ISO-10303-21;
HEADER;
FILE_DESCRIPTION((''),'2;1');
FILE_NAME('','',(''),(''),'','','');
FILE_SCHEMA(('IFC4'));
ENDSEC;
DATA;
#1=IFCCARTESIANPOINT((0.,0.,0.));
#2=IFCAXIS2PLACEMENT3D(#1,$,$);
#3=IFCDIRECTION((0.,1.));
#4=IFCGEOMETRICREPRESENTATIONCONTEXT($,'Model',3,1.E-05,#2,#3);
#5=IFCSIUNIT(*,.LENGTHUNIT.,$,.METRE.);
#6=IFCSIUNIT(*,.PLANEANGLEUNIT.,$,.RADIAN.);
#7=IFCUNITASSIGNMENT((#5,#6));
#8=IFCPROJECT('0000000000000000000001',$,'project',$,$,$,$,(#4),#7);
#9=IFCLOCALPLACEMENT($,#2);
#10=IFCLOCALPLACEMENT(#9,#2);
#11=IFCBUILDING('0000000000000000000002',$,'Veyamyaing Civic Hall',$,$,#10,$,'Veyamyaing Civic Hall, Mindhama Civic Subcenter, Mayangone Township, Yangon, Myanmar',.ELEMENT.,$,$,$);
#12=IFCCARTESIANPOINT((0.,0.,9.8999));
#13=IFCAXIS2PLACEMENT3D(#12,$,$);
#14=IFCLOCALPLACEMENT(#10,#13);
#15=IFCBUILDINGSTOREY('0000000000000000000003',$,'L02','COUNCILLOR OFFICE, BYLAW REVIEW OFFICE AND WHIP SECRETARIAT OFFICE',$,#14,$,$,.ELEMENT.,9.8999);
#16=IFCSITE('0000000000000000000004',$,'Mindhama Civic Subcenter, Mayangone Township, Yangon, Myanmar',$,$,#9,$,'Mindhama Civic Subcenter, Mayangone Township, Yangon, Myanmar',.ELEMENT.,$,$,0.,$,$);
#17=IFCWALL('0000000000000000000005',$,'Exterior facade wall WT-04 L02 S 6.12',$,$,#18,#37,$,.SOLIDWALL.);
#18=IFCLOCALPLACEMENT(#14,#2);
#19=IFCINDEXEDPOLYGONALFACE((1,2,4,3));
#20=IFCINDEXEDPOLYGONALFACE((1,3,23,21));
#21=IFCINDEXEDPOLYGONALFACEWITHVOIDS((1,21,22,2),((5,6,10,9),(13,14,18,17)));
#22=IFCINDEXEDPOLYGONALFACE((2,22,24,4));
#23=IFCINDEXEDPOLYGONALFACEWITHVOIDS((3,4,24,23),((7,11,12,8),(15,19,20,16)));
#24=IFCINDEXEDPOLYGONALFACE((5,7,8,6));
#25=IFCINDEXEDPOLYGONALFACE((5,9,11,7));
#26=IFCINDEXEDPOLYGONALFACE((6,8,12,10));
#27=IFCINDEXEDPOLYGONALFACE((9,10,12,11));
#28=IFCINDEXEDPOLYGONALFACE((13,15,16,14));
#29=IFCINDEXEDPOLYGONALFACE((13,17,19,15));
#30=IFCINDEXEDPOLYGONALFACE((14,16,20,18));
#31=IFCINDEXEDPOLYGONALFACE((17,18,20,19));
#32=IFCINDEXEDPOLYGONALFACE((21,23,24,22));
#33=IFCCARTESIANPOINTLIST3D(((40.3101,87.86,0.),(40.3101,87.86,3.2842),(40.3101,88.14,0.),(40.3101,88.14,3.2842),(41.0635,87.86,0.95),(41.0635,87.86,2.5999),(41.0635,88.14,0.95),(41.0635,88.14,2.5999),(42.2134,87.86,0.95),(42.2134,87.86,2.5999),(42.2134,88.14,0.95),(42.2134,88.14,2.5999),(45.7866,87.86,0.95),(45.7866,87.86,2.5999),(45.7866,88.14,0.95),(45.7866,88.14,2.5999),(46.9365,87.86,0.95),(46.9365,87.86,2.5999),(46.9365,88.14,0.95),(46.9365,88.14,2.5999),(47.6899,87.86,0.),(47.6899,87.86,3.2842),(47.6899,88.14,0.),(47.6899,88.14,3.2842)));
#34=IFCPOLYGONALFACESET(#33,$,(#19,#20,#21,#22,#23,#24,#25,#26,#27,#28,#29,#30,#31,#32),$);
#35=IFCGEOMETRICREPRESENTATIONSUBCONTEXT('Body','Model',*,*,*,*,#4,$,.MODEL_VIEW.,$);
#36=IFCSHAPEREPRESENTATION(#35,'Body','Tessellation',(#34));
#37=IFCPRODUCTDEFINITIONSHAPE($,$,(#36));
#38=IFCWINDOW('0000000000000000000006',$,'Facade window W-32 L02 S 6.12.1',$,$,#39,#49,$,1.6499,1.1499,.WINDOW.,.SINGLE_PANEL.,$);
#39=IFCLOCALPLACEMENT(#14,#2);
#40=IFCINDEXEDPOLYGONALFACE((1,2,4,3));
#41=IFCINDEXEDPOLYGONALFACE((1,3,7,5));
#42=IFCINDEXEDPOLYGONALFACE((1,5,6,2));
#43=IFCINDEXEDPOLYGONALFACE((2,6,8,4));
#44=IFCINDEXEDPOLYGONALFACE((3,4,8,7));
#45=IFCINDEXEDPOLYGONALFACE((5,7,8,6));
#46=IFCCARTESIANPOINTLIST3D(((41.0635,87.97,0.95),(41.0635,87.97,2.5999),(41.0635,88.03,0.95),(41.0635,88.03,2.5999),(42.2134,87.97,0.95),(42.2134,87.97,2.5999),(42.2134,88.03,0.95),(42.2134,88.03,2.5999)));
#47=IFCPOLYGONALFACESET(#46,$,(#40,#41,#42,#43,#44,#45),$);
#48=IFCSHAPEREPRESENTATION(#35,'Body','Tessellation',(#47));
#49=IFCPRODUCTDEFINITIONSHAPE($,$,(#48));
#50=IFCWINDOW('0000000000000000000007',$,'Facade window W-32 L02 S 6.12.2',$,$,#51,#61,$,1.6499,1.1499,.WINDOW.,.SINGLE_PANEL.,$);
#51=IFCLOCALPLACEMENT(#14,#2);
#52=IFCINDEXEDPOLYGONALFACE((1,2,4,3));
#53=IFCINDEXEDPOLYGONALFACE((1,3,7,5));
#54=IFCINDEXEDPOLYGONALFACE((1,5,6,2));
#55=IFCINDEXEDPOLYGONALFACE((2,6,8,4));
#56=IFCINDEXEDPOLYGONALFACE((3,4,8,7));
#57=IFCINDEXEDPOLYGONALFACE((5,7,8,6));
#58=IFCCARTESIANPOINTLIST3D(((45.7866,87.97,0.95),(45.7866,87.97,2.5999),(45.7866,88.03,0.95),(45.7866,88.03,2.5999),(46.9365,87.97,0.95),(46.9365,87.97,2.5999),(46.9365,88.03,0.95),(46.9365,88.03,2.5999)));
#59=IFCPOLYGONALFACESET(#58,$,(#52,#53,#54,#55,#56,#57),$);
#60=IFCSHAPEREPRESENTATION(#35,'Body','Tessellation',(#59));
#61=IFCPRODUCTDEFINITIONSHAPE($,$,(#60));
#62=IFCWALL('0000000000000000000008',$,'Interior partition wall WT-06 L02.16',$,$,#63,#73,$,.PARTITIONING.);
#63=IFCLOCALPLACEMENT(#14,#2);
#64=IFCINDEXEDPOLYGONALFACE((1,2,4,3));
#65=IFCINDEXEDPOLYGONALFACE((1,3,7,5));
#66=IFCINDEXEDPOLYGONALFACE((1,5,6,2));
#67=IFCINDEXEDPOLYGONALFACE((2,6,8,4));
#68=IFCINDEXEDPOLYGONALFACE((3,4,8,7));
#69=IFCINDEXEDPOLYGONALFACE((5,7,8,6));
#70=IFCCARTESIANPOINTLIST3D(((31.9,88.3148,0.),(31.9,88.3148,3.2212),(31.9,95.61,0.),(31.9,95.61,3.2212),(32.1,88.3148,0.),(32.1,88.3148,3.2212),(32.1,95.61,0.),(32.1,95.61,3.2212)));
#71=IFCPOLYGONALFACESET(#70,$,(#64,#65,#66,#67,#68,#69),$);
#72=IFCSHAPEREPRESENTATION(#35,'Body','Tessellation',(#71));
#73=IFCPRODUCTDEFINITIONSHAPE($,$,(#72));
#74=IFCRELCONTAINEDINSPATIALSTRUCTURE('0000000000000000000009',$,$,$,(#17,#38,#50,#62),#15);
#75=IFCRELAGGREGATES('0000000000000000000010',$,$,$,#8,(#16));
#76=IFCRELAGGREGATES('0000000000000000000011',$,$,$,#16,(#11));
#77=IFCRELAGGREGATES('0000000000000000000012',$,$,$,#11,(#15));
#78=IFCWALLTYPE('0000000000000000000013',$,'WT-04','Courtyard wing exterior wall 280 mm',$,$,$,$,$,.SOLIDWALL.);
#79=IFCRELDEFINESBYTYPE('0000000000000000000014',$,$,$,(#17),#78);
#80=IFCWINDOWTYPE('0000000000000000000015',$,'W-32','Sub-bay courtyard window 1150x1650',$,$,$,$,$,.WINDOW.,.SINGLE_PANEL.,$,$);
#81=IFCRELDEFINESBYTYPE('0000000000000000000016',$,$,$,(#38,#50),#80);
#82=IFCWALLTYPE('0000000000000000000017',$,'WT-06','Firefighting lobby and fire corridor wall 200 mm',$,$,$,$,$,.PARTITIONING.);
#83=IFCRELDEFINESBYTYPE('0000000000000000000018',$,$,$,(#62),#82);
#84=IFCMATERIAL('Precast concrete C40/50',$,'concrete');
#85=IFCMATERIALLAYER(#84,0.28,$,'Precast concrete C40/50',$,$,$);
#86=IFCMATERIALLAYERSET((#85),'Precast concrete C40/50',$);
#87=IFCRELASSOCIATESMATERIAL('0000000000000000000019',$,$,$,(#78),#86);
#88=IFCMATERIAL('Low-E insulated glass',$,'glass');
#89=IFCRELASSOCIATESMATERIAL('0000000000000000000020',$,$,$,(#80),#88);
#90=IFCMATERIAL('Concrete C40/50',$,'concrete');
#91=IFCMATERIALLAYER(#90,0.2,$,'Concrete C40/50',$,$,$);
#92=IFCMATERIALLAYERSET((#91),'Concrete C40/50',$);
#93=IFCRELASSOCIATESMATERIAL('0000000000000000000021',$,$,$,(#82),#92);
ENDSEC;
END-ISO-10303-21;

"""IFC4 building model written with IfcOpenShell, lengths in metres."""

from ifc_helpers import new_model, si_unit, direction, frame, frame_2d, origin, place, context, subcontext, project, spatial, rectangle, extrude, material, layer, layer_set, type_object, element, fill, save


model = new_model("IFC4")

# Units and contexts
model_context = context("Model", 3, precision=1e-05, world=origin(), true_north=direction((0.0, 1.0)))
body_context = subcontext(model_context, "Body", "Model", "MODEL_VIEW")
ifc_project = project(units=[si_unit("LENGTHUNIT", "METRE"), si_unit("PLANEANGLEUNIT", "RADIAN")], contexts=[model_context])

# Site, building, storey
site_placement = place(None, origin())
site = spatial("IfcSite", under=ifc_project, at=site_placement, Name="Mindhama Civic Subcenter, Mayangone Township, Yangon, Myanmar", LongName="Mindhama Civic Subcenter, Mayangone Township, Yangon, Myanmar", CompositionType="ELEMENT", RefElevation=0.0)
building_placement = place(site_placement, origin())
building = spatial("IfcBuilding", under=site, at=building_placement, Name="Veyamyaing Civic Hall", LongName="Veyamyaing Civic Hall, Mindhama Civic Subcenter, Mayangone Township, Yangon, Myanmar", CompositionType="ELEMENT")
storey_placement = place(building_placement, frame((0.0, 0.0, 9.8999)))
storey = spatial("IfcBuildingStorey", under=building, at=storey_placement, Name="L02", Description="COUNCILLOR OFFICE, BYLAW REVIEW OFFICE AND WHIP SECRETARIAT OFFICE", CompositionType="ELEMENT", Elevation=9.8999)

# Shared definitions
ifc_material_1 = material(Name="Low-E insulated glass", Category="glass")

# Wall, openings, windows
ifc_material_2 = material(Name="Precast concrete C40/50", Category="concrete")
ifc_layer_1 = layer(ifc_material_2, 0.28, Name="Precast concrete C40/50")
ifc_layer_set_1 = layer_set([ifc_layer_1], Name="Precast concrete C40/50")
wall_type_1 = type_object("IfcWallType", Name="WT-04", Description="Courtyard wing exterior wall 280 mm", PredefinedType="SOLIDWALL", material=ifc_layer_set_1)
wall_1_placement = place(storey_placement, frame((40.3101, 88.0, 0.0), z_axis=(0.0, 0.0, 1.0), x_axis=(1.0, 0.0, 0.0)))
wall_1 = element("IfcWall", 1, at=wall_1_placement, inside=storey, type_object=wall_type_1, Name="Exterior facade wall WT-04 L02 S 6.12", PredefinedType="SOLIDWALL", context=body_context, shape_type="SweptSolid", body=[
    extrude(rectangle(XDim=7.3799, YDim=0.28, at=frame_2d((3.6899, 0.0))), origin(), (0.0, 0.0, 1.0), 3.2842),
])
opening_1_placement = place(wall_1_placement, frame((0.7534, 0.0, 0.95)))
opening_1 = element("IfcOpeningElement", 2, at=opening_1_placement, cuts=wall_1, PredefinedType="OPENING", context=body_context, shape_type="SweptSolid", body=[
    extrude(rectangle(XDim=1.1499, YDim=1.6499, at=frame_2d((0.575, 0.825))), frame((0.0, 0.1499, 0.0), z_axis=(0.0, -1.0, 0.0), x_axis=(1.0, 0.0, 0.0)), (0.0, 0.0, 1.0), 0.3),
])
opening_2_placement = place(wall_1_placement, frame((5.4766, 0.0, 0.95)))
opening_2 = element("IfcOpeningElement", 3, at=opening_2_placement, cuts=wall_1, PredefinedType="OPENING", context=body_context, shape_type="SweptSolid", body=[
    extrude(rectangle(XDim=1.1499, YDim=1.6499, at=frame_2d((0.575, 0.825))), frame((0.0, 0.1499, 0.0), z_axis=(0.0, -1.0, 0.0), x_axis=(1.0, 0.0, 0.0)), (0.0, 0.0, 1.0), 0.3),
])
window_type = type_object("IfcWindowType", Name="W-32", Description="Sub-bay courtyard window 1150x1650", PartitioningType="SINGLE_PANEL", PredefinedType="WINDOW", material=ifc_material_1)
window_1_placement = place(opening_1_placement, origin())
window_1 = element("IfcWindow", 4, at=window_1_placement, inside=storey, type_object=window_type, Name="Facade window W-32 L02 S 6.12.1", OverallHeight=1.6499, OverallWidth=1.1499, PartitioningType="SINGLE_PANEL", PredefinedType="WINDOW", context=body_context, shape_type="SweptSolid", body=[
    extrude(rectangle(XDim=1.1499, YDim=1.6499, at=frame_2d((0.575, 0.825))), frame((0.0, 0.03, 0.0), z_axis=(0.0, -1.0, 0.0), x_axis=(1.0, 0.0, 0.0)), (0.0, 0.0, 1.0), 0.0601),
])
fill(opening_1, window_1)
window_2_placement = place(opening_2_placement, origin())
window_2 = element("IfcWindow", 5, at=window_2_placement, inside=storey, type_object=window_type, Name="Facade window W-32 L02 S 6.12.2", OverallHeight=1.6499, OverallWidth=1.1499, PartitioningType="SINGLE_PANEL", PredefinedType="WINDOW", context=body_context, shape_type="SweptSolid", body=[
    extrude(rectangle(XDim=1.1499, YDim=1.6499, at=frame_2d((0.575, 0.825))), frame((0.0, 0.03, 0.0), z_axis=(0.0, -1.0, 0.0), x_axis=(1.0, 0.0, 0.0)), (0.0, 0.0, 1.0), 0.0601),
])
fill(opening_2, window_2)

# Wall
ifc_material_3 = material(Name="Concrete C40/50", Category="concrete")
ifc_layer_2 = layer(ifc_material_3, 0.2, Name="Concrete C40/50")
ifc_layer_set_2 = layer_set([ifc_layer_2], Name="Concrete C40/50")
wall_type_2 = type_object("IfcWallType", Name="WT-06", Description="Firefighting lobby and fire corridor wall 200 mm", PredefinedType="PARTITIONING", material=ifc_layer_set_2)
wall_2_placement = place(storey_placement, frame((32.0, 88.3149, 0.0), z_axis=(0.0, 0.0, 1.0), x_axis=(0.0, 1.0, 0.0)))
element("IfcWall", 6, at=wall_2_placement, inside=storey, type_object=wall_type_2, Name="Interior partition wall WT-06 L02.16", PredefinedType="PARTITIONING", context=body_context, shape_type="SweptSolid", body=[
    extrude(rectangle(XDim=7.2952, YDim=0.2, at=frame_2d((3.6475, 0.0))), origin(), (0.0, 0.0, 1.0), 3.2212),
])

save(model, "model.ifc")
